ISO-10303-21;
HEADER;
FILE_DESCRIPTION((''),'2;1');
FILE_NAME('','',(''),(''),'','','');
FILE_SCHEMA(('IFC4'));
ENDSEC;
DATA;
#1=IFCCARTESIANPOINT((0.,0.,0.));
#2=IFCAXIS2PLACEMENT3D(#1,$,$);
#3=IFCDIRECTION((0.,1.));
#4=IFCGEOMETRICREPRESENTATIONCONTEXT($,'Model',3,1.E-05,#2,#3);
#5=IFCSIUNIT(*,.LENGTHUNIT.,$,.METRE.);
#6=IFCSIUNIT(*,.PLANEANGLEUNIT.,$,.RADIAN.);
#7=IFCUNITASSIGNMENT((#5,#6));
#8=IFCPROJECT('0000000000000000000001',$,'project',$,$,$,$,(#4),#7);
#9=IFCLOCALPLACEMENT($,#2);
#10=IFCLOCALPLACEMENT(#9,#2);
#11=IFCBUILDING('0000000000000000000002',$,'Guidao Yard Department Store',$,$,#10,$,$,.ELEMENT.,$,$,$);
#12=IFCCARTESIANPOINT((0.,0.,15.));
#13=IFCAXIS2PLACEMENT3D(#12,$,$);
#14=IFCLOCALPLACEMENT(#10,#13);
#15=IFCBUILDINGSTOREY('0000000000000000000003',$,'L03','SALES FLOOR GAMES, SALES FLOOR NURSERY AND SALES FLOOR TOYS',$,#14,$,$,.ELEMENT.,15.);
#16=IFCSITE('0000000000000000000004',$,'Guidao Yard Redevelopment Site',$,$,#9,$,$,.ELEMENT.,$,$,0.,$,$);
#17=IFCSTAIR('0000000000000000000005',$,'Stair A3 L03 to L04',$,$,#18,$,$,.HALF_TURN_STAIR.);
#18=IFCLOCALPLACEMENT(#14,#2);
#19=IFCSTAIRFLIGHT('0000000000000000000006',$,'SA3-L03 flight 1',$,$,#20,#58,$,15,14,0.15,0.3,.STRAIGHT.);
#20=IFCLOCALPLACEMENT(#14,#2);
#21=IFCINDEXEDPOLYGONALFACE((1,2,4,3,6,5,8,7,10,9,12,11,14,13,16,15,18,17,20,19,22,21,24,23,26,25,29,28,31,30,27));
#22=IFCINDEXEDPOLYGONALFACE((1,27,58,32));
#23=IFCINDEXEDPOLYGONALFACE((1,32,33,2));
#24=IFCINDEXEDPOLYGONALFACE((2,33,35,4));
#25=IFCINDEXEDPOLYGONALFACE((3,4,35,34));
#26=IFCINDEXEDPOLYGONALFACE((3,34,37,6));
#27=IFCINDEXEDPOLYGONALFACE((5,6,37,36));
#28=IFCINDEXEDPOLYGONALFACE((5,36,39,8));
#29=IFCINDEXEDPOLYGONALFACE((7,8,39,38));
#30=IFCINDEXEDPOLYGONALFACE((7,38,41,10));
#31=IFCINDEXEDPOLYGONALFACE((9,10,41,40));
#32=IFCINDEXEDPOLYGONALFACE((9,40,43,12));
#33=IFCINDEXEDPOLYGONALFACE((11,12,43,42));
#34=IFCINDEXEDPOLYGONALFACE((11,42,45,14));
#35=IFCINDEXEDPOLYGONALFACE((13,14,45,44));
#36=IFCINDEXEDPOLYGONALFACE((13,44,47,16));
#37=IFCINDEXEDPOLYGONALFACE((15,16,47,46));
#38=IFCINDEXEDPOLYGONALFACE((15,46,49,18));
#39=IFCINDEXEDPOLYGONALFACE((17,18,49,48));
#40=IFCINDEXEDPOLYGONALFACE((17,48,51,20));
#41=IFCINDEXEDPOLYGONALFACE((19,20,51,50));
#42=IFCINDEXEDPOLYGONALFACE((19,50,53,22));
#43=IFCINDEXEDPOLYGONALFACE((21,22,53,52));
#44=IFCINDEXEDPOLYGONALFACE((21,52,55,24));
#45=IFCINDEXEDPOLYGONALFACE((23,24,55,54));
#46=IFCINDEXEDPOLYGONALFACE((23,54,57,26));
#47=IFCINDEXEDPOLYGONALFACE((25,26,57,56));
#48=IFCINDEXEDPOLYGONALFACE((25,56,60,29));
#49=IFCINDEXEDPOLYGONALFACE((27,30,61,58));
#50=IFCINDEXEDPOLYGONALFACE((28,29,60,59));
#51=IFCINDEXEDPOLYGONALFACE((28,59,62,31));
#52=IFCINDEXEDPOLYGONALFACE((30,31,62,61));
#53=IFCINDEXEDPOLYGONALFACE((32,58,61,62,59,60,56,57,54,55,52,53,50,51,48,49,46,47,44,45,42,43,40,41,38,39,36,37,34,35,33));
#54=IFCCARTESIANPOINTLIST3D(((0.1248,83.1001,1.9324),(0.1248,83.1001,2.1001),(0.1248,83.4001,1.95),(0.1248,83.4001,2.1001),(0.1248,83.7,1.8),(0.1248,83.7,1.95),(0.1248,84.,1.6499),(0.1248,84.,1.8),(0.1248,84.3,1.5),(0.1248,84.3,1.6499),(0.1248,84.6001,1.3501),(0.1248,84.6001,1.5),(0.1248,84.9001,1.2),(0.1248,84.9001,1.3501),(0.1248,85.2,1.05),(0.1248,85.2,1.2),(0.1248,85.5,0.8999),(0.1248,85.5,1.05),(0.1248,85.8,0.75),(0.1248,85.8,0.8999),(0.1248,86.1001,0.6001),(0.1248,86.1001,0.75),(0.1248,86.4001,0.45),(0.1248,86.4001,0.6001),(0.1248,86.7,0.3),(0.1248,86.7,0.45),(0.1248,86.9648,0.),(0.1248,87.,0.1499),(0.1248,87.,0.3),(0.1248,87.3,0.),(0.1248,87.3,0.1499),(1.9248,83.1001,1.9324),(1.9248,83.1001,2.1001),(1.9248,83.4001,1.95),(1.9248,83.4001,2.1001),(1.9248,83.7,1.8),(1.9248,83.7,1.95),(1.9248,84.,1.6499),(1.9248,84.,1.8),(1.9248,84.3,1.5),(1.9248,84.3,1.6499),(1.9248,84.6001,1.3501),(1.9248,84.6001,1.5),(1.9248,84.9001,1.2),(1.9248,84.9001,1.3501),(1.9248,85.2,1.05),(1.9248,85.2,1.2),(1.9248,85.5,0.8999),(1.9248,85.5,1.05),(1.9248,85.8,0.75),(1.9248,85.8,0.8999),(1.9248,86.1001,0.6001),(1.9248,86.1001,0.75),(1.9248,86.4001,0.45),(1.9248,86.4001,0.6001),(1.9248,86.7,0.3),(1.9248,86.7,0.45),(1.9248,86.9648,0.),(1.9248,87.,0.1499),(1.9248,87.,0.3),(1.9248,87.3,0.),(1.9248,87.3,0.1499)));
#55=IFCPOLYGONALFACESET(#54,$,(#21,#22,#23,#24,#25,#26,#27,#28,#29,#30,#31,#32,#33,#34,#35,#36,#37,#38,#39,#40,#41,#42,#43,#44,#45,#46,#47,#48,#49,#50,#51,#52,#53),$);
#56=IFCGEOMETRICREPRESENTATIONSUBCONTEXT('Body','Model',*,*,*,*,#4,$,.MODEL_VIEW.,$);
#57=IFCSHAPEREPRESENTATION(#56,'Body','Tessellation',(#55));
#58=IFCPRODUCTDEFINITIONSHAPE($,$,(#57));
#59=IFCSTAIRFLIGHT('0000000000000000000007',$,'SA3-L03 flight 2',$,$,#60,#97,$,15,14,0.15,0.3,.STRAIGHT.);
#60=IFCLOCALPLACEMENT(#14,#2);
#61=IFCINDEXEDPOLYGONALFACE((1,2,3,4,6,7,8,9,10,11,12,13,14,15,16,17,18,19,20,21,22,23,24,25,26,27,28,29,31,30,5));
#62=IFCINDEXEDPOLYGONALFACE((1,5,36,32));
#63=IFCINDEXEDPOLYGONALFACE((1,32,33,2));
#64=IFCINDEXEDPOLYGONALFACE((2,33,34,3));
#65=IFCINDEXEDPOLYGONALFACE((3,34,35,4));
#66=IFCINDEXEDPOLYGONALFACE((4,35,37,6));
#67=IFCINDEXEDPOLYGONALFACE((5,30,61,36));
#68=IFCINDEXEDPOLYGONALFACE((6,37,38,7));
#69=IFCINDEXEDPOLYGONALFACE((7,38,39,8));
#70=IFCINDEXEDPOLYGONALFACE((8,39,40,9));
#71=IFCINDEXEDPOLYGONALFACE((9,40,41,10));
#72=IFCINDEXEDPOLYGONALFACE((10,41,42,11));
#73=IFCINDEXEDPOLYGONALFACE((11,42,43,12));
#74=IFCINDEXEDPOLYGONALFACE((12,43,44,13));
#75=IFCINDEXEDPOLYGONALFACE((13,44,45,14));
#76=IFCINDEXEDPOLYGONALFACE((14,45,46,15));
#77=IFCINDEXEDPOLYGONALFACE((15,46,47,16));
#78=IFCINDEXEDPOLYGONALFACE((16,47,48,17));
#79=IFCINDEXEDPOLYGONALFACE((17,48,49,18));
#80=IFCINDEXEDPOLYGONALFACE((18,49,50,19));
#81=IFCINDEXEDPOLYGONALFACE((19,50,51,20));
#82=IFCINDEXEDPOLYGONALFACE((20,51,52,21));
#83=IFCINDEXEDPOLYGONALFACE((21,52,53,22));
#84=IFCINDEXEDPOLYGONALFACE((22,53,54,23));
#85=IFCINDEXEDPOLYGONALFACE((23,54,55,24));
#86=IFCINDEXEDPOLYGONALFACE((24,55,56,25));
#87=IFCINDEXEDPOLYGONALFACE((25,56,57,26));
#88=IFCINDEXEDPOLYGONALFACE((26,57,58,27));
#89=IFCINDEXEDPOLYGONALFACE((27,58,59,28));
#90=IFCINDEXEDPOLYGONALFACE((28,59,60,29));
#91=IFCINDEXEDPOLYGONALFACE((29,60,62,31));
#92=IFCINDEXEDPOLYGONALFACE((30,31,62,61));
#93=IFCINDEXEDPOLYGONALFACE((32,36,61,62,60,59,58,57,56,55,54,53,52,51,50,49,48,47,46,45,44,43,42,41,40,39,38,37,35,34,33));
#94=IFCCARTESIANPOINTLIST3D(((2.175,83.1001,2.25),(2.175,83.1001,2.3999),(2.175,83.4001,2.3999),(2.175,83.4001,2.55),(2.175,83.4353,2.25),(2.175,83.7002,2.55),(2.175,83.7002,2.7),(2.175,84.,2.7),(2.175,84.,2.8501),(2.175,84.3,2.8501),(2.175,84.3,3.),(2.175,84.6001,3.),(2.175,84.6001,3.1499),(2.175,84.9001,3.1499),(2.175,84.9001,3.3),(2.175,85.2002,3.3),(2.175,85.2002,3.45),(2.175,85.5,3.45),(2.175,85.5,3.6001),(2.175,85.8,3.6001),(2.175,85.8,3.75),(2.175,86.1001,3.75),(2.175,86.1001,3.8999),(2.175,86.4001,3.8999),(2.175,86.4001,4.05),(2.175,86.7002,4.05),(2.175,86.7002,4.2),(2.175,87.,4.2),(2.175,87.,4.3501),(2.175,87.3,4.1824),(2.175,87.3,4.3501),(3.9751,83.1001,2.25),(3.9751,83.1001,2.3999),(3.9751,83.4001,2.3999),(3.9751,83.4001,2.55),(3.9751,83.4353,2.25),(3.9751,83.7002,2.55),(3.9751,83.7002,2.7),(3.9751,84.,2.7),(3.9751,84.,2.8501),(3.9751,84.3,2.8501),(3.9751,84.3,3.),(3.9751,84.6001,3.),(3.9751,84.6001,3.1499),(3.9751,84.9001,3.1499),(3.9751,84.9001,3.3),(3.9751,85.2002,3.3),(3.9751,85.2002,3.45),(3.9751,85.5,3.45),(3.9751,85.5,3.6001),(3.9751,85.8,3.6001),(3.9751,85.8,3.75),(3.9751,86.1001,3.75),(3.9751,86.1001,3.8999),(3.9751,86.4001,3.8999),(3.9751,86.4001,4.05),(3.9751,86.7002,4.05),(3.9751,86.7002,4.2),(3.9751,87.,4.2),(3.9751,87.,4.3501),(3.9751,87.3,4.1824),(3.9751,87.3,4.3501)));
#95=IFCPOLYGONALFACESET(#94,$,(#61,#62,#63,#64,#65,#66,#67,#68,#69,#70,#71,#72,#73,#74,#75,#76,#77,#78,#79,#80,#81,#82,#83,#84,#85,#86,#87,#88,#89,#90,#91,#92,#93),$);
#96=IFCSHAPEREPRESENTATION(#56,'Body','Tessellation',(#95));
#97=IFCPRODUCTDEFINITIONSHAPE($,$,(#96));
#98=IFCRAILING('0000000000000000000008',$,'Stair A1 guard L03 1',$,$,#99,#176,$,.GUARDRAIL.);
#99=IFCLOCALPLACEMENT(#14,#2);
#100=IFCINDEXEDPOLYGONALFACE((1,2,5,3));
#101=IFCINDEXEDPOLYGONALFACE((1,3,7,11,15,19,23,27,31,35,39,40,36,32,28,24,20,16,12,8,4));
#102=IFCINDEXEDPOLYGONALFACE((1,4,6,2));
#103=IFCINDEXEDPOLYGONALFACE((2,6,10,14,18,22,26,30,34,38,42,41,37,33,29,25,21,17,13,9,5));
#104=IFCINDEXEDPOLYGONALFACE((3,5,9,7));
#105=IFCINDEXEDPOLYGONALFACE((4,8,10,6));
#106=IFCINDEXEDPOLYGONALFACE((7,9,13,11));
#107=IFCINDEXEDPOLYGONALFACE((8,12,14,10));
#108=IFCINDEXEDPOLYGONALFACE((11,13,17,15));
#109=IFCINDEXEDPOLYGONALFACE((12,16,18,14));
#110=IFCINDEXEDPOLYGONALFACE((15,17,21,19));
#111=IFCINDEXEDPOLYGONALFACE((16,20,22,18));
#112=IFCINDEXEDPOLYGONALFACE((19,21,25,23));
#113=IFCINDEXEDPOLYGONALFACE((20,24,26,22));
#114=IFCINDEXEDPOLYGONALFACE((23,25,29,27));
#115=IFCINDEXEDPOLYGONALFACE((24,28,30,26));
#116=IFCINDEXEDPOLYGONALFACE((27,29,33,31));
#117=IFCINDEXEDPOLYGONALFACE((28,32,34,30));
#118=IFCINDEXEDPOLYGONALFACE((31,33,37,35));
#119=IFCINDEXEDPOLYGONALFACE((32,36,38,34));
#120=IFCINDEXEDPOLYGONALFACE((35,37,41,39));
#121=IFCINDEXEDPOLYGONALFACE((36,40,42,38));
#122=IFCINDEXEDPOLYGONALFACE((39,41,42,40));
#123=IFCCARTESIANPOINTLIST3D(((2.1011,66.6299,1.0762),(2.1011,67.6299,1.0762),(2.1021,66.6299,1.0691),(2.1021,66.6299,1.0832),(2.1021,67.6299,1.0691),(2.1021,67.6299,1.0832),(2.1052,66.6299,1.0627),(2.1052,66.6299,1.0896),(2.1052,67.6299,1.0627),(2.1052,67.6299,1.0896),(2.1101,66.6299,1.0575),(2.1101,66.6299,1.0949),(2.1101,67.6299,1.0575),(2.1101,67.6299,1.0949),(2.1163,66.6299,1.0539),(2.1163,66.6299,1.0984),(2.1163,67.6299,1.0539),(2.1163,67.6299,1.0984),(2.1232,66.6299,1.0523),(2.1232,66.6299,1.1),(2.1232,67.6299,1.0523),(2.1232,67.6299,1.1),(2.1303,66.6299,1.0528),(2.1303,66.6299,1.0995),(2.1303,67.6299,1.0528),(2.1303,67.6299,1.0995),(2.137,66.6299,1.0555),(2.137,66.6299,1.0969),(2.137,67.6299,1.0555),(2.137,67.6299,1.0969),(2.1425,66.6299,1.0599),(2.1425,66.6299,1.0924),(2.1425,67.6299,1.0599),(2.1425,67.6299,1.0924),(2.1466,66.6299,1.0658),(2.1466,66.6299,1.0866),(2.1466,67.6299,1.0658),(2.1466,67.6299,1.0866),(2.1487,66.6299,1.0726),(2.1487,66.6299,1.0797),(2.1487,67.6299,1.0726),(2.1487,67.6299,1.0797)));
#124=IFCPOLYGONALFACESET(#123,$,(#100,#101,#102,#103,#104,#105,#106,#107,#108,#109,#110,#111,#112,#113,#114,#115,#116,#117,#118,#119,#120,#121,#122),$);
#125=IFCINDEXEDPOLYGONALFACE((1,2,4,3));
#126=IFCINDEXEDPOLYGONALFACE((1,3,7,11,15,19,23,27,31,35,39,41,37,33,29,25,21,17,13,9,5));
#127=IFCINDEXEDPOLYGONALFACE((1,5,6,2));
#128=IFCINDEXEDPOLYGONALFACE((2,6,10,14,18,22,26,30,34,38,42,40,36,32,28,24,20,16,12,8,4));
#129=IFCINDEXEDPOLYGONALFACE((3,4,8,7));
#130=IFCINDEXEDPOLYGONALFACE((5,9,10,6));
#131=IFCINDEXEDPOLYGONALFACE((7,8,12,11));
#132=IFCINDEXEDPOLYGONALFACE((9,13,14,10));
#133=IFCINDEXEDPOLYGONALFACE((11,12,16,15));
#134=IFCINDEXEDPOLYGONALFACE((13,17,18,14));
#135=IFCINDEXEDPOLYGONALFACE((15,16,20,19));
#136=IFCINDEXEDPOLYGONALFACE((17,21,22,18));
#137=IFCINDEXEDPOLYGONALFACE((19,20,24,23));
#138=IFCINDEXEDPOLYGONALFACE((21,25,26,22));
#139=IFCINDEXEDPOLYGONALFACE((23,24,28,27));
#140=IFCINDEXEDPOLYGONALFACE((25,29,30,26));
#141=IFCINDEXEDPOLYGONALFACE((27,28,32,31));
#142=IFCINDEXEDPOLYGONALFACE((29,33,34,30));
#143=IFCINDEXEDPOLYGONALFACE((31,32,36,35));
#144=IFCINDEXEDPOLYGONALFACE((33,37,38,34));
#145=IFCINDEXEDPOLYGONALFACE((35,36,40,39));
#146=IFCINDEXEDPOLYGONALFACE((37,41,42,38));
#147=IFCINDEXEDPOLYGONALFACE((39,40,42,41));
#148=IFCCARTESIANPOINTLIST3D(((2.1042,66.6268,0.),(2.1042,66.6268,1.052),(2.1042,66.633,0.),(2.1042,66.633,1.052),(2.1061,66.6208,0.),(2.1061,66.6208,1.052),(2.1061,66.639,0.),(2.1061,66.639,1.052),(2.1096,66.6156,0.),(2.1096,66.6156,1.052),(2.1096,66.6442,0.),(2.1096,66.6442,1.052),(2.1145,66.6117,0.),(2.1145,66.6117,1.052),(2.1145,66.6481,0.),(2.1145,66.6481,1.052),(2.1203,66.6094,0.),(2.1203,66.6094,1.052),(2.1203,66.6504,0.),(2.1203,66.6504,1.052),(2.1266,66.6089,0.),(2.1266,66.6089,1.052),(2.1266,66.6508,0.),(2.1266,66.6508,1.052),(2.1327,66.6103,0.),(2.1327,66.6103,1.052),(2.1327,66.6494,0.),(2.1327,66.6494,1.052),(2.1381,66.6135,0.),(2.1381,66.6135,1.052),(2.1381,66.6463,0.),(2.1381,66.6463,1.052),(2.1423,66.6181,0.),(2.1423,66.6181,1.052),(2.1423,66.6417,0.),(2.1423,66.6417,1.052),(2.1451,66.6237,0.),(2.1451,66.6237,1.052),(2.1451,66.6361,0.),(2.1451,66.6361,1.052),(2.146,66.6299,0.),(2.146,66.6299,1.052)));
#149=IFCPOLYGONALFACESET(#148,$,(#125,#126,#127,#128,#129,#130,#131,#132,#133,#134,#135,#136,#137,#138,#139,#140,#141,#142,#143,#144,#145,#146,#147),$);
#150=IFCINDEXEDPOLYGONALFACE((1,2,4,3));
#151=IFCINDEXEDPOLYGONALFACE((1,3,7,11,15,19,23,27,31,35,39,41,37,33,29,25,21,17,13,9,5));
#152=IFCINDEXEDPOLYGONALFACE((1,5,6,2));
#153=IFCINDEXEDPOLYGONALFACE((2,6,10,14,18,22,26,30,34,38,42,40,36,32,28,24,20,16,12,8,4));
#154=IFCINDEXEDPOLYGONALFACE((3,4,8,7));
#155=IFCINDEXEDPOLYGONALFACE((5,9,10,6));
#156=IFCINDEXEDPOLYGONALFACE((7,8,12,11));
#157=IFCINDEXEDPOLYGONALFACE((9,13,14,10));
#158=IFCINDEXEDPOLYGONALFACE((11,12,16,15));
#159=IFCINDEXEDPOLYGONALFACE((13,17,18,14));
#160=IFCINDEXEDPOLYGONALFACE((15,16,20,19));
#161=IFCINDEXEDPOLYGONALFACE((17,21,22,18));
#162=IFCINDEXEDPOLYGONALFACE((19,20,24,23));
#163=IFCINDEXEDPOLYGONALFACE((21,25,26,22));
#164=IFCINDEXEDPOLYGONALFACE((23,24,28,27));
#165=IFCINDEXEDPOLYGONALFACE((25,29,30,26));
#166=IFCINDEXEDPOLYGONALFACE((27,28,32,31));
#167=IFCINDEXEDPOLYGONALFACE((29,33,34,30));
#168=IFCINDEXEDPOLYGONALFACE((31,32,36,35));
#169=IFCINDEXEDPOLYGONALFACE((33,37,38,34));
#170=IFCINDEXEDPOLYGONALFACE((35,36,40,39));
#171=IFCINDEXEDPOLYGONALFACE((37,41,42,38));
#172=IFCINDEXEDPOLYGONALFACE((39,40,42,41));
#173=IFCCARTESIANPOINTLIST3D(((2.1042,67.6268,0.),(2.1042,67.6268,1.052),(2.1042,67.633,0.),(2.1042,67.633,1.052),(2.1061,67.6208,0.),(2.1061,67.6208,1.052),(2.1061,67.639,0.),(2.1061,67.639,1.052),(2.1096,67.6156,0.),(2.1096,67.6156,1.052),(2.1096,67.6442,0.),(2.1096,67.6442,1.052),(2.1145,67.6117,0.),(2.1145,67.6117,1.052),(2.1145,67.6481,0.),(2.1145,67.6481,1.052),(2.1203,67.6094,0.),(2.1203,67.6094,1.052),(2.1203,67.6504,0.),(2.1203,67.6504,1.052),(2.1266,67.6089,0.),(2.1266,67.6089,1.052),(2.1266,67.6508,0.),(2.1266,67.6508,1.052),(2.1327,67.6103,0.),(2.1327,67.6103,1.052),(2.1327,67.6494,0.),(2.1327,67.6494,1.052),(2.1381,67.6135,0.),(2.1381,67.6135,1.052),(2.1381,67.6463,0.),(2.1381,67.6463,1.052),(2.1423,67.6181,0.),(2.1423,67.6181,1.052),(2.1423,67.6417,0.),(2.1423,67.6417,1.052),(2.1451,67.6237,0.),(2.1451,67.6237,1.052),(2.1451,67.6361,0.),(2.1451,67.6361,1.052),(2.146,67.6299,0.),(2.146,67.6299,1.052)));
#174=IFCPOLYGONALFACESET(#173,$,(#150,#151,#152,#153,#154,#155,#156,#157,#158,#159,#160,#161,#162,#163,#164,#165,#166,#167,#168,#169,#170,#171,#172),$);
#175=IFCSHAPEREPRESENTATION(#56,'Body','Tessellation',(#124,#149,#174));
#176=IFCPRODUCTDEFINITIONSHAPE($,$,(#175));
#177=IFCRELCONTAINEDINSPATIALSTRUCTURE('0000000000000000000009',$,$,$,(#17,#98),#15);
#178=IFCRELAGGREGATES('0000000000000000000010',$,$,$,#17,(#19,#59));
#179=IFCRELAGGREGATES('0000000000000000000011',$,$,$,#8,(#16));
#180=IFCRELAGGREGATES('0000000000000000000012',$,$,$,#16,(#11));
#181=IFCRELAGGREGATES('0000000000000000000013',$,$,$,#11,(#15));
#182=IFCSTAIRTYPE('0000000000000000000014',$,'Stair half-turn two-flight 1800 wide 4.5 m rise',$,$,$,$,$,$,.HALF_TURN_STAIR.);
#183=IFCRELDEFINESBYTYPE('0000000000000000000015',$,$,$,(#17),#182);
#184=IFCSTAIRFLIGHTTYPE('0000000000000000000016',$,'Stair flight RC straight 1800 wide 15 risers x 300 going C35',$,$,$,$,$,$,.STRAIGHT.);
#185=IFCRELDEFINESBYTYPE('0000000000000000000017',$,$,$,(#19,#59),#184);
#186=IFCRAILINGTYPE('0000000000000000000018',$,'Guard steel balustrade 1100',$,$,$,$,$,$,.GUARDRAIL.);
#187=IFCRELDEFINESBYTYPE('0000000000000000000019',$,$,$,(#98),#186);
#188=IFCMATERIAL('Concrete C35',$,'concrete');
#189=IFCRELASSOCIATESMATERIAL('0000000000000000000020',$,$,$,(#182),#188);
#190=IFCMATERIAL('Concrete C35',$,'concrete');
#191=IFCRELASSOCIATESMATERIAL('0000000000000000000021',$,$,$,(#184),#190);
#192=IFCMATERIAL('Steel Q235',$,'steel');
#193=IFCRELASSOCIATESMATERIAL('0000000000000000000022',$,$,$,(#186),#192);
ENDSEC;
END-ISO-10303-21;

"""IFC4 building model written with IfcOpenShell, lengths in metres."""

from ifc_helpers import new_model, si_unit, direction, frame, origin, origin_2d, place, context, subcontext, project, spatial, polyline, circle, outline, extrude, material, type_object, element, aggregate, save


model = new_model("IFC4")

# Units and contexts
model_context = context("Model", 3, precision=1e-05, world=origin(), true_north=direction((0.0, 1.0)))
body_context = subcontext(model_context, "Body", "Model", "MODEL_VIEW")
ifc_project = project(units=[si_unit("LENGTHUNIT", "METRE"), si_unit("PLANEANGLEUNIT", "RADIAN")], contexts=[model_context])

# Site, building, storey
site_placement = place(None, origin())
site = spatial("IfcSite", under=ifc_project, at=site_placement, Name="Guidao Yard Redevelopment Site", CompositionType="ELEMENT", RefElevation=0.0)
building_placement = place(site_placement, origin())
building = spatial("IfcBuilding", under=site, at=building_placement, Name="Guidao Yard Department Store", CompositionType="ELEMENT")
storey_placement = place(building_placement, frame((0.0, 0.0, 15.0)))
storey = spatial("IfcBuildingStorey", under=building, at=storey_placement, Name="L03", Description="SALES FLOOR GAMES, SALES FLOOR NURSERY AND SALES FLOOR TOYS", CompositionType="ELEMENT", Elevation=15.0)

# Stair, stair flights
ifc_material_1 = material(Name="Concrete C35", Category="concrete")
stair_type = type_object("IfcStairType", Name="Stair half-turn two-flight 1800 wide 4.5 m rise", PredefinedType="HALF_TURN_STAIR", material=ifc_material_1)
ifc_material_2 = material(Name="Concrete C35", Category="concrete")
stair_flight_type = type_object("IfcStairFlightType", Name="Stair flight RC straight 1800 wide 15 risers x 300 going C35", PredefinedType="STRAIGHT", material=ifc_material_2)
stair_1_placement = place(storey_placement, origin())
stair_1 = element("IfcStair", 1, at=stair_1_placement, inside=storey, type_object=stair_type, Name="Stair A3 L03 to L04", PredefinedType="HALF_TURN_STAIR")
stair_flight_1_placement = place(storey_placement, frame((1.0249, 87.3, 0.0), z_axis=(0.0, 0.0, 1.0), x_axis=(0.0, -1.0, 0.0)))
stair_flight_1 = element("IfcStairFlight", 2, at=stair_flight_1_placement, type_object=stair_flight_type, Name="SA3-L03 flight 1", NumberOfRisers=15, NumberOfTreads=14, PredefinedType="STRAIGHT", RiserHeight=0.15, TreadLength=0.3, context=body_context, shape_type="SweptSolid", body=[
    extrude(outline(polyline([(0.0, 0.0), (0.0, 0.1499), (0.3, 0.1499), (0.3, 0.3), (0.6001, 0.3), (0.6001, 0.45), (0.8999, 0.45), (0.8999, 0.6001), (1.2, 0.6001), (1.2, 0.75), (1.5, 0.75), (1.5, 0.8999), (1.8, 0.8999), (1.8, 1.05), (2.1001, 1.05), (2.1001, 1.2), (2.3999, 1.2), (2.3999, 1.3501), (2.7, 1.3501), (2.7, 1.5), (3.0, 1.5), (3.0, 1.6499), (3.3, 1.6499), (3.3, 1.8), (3.6001, 1.8), (3.6001, 1.95), (3.8999, 1.95), (3.8999, 2.1001), (4.2, 2.1001), (4.2, 2.25), (4.2, 1.9324), (0.3352, 0.0), (0.0, 0.0)])), frame((0.0, 0.8999, 0.0), z_axis=(0.0, -1.0, 0.0), x_axis=(1.0, 0.0, 0.0)), (0.0, 0.0, 1.0), 1.8),
])
stair_flight_2_placement = place(storey_placement, frame((3.075, 83.1001, 2.25), z_axis=(0.0, 0.0, 1.0), x_axis=(0.0, 1.0, 0.0)))
stair_flight_2 = element("IfcStairFlight", 3, at=stair_flight_2_placement, type_object=stair_flight_type, Name="SA3-L03 flight 2", NumberOfRisers=15, NumberOfTreads=14, PredefinedType="STRAIGHT", RiserHeight=0.15, TreadLength=0.3, context=body_context, shape_type="SweptSolid", body=[
    extrude(outline(polyline([(0.0, 0.0), (0.0, 0.1499), (0.3, 0.1499), (0.3, 0.3), (0.6001, 0.3), (0.6001, 0.45), (0.8999, 0.45), (0.8999, 0.6001), (1.2, 0.6001), (1.2, 0.75), (1.5, 0.75), (1.5, 0.8999), (1.8, 0.8999), (1.8, 1.05), (2.1001, 1.05), (2.1001, 1.2), (2.3999, 1.2), (2.3999, 1.3501), (2.7, 1.3501), (2.7, 1.5), (3.0, 1.5), (3.0, 1.6499), (3.3, 1.6499), (3.3, 1.8), (3.6001, 1.8), (3.6001, 1.95), (3.8999, 1.95), (3.8999, 2.1001), (4.2, 2.1001), (4.2, 2.25), (4.2, 1.9324), (0.3352, 0.0), (0.0, 0.0)])), frame((0.0, 0.8999, 0.0), z_axis=(0.0, -1.0, 0.0), x_axis=(1.0, 0.0, 0.0)), (0.0, 0.0, 1.0), 1.8),
])
aggregate(stair_1, [stair_flight_1, stair_flight_2])

# Railing
ifc_material_3 = material(Name="Steel Q235", Category="steel")
railing_type_1 = type_object("IfcRailingType", Name="Guard steel balustrade 1100", PredefinedType="GUARDRAIL", material=ifc_material_3)
railing_1_placement = place(storey_placement, frame((2.125, 66.6299, 0.0)))
element("IfcRailing", 4, at=railing_1_placement, inside=storey, type_object=railing_type_1, Name="Stair A1 guard L03 1", PredefinedType="GUARDRAIL", context=body_context, shape_type="SweptSolid", body=[
    extrude(circle(Radius=0.0239, at=origin_2d()), frame((0.0, 0.0, 1.0762), z_axis=(0.0, 1.0, 0.0), x_axis=(-1.0, 0.0, 0.0)), (0.0, 0.0, 1.0), 1.0),
    extrude(circle(Radius=0.021, at=origin_2d()), origin(), (0.0, 0.0, 1.0), 1.052),
    extrude(circle(Radius=0.021, at=origin_2d()), frame((0.0, 1.0, 0.0)), (0.0, 0.0, 1.0), 1.052),
])

save(model, "model.ifc")
